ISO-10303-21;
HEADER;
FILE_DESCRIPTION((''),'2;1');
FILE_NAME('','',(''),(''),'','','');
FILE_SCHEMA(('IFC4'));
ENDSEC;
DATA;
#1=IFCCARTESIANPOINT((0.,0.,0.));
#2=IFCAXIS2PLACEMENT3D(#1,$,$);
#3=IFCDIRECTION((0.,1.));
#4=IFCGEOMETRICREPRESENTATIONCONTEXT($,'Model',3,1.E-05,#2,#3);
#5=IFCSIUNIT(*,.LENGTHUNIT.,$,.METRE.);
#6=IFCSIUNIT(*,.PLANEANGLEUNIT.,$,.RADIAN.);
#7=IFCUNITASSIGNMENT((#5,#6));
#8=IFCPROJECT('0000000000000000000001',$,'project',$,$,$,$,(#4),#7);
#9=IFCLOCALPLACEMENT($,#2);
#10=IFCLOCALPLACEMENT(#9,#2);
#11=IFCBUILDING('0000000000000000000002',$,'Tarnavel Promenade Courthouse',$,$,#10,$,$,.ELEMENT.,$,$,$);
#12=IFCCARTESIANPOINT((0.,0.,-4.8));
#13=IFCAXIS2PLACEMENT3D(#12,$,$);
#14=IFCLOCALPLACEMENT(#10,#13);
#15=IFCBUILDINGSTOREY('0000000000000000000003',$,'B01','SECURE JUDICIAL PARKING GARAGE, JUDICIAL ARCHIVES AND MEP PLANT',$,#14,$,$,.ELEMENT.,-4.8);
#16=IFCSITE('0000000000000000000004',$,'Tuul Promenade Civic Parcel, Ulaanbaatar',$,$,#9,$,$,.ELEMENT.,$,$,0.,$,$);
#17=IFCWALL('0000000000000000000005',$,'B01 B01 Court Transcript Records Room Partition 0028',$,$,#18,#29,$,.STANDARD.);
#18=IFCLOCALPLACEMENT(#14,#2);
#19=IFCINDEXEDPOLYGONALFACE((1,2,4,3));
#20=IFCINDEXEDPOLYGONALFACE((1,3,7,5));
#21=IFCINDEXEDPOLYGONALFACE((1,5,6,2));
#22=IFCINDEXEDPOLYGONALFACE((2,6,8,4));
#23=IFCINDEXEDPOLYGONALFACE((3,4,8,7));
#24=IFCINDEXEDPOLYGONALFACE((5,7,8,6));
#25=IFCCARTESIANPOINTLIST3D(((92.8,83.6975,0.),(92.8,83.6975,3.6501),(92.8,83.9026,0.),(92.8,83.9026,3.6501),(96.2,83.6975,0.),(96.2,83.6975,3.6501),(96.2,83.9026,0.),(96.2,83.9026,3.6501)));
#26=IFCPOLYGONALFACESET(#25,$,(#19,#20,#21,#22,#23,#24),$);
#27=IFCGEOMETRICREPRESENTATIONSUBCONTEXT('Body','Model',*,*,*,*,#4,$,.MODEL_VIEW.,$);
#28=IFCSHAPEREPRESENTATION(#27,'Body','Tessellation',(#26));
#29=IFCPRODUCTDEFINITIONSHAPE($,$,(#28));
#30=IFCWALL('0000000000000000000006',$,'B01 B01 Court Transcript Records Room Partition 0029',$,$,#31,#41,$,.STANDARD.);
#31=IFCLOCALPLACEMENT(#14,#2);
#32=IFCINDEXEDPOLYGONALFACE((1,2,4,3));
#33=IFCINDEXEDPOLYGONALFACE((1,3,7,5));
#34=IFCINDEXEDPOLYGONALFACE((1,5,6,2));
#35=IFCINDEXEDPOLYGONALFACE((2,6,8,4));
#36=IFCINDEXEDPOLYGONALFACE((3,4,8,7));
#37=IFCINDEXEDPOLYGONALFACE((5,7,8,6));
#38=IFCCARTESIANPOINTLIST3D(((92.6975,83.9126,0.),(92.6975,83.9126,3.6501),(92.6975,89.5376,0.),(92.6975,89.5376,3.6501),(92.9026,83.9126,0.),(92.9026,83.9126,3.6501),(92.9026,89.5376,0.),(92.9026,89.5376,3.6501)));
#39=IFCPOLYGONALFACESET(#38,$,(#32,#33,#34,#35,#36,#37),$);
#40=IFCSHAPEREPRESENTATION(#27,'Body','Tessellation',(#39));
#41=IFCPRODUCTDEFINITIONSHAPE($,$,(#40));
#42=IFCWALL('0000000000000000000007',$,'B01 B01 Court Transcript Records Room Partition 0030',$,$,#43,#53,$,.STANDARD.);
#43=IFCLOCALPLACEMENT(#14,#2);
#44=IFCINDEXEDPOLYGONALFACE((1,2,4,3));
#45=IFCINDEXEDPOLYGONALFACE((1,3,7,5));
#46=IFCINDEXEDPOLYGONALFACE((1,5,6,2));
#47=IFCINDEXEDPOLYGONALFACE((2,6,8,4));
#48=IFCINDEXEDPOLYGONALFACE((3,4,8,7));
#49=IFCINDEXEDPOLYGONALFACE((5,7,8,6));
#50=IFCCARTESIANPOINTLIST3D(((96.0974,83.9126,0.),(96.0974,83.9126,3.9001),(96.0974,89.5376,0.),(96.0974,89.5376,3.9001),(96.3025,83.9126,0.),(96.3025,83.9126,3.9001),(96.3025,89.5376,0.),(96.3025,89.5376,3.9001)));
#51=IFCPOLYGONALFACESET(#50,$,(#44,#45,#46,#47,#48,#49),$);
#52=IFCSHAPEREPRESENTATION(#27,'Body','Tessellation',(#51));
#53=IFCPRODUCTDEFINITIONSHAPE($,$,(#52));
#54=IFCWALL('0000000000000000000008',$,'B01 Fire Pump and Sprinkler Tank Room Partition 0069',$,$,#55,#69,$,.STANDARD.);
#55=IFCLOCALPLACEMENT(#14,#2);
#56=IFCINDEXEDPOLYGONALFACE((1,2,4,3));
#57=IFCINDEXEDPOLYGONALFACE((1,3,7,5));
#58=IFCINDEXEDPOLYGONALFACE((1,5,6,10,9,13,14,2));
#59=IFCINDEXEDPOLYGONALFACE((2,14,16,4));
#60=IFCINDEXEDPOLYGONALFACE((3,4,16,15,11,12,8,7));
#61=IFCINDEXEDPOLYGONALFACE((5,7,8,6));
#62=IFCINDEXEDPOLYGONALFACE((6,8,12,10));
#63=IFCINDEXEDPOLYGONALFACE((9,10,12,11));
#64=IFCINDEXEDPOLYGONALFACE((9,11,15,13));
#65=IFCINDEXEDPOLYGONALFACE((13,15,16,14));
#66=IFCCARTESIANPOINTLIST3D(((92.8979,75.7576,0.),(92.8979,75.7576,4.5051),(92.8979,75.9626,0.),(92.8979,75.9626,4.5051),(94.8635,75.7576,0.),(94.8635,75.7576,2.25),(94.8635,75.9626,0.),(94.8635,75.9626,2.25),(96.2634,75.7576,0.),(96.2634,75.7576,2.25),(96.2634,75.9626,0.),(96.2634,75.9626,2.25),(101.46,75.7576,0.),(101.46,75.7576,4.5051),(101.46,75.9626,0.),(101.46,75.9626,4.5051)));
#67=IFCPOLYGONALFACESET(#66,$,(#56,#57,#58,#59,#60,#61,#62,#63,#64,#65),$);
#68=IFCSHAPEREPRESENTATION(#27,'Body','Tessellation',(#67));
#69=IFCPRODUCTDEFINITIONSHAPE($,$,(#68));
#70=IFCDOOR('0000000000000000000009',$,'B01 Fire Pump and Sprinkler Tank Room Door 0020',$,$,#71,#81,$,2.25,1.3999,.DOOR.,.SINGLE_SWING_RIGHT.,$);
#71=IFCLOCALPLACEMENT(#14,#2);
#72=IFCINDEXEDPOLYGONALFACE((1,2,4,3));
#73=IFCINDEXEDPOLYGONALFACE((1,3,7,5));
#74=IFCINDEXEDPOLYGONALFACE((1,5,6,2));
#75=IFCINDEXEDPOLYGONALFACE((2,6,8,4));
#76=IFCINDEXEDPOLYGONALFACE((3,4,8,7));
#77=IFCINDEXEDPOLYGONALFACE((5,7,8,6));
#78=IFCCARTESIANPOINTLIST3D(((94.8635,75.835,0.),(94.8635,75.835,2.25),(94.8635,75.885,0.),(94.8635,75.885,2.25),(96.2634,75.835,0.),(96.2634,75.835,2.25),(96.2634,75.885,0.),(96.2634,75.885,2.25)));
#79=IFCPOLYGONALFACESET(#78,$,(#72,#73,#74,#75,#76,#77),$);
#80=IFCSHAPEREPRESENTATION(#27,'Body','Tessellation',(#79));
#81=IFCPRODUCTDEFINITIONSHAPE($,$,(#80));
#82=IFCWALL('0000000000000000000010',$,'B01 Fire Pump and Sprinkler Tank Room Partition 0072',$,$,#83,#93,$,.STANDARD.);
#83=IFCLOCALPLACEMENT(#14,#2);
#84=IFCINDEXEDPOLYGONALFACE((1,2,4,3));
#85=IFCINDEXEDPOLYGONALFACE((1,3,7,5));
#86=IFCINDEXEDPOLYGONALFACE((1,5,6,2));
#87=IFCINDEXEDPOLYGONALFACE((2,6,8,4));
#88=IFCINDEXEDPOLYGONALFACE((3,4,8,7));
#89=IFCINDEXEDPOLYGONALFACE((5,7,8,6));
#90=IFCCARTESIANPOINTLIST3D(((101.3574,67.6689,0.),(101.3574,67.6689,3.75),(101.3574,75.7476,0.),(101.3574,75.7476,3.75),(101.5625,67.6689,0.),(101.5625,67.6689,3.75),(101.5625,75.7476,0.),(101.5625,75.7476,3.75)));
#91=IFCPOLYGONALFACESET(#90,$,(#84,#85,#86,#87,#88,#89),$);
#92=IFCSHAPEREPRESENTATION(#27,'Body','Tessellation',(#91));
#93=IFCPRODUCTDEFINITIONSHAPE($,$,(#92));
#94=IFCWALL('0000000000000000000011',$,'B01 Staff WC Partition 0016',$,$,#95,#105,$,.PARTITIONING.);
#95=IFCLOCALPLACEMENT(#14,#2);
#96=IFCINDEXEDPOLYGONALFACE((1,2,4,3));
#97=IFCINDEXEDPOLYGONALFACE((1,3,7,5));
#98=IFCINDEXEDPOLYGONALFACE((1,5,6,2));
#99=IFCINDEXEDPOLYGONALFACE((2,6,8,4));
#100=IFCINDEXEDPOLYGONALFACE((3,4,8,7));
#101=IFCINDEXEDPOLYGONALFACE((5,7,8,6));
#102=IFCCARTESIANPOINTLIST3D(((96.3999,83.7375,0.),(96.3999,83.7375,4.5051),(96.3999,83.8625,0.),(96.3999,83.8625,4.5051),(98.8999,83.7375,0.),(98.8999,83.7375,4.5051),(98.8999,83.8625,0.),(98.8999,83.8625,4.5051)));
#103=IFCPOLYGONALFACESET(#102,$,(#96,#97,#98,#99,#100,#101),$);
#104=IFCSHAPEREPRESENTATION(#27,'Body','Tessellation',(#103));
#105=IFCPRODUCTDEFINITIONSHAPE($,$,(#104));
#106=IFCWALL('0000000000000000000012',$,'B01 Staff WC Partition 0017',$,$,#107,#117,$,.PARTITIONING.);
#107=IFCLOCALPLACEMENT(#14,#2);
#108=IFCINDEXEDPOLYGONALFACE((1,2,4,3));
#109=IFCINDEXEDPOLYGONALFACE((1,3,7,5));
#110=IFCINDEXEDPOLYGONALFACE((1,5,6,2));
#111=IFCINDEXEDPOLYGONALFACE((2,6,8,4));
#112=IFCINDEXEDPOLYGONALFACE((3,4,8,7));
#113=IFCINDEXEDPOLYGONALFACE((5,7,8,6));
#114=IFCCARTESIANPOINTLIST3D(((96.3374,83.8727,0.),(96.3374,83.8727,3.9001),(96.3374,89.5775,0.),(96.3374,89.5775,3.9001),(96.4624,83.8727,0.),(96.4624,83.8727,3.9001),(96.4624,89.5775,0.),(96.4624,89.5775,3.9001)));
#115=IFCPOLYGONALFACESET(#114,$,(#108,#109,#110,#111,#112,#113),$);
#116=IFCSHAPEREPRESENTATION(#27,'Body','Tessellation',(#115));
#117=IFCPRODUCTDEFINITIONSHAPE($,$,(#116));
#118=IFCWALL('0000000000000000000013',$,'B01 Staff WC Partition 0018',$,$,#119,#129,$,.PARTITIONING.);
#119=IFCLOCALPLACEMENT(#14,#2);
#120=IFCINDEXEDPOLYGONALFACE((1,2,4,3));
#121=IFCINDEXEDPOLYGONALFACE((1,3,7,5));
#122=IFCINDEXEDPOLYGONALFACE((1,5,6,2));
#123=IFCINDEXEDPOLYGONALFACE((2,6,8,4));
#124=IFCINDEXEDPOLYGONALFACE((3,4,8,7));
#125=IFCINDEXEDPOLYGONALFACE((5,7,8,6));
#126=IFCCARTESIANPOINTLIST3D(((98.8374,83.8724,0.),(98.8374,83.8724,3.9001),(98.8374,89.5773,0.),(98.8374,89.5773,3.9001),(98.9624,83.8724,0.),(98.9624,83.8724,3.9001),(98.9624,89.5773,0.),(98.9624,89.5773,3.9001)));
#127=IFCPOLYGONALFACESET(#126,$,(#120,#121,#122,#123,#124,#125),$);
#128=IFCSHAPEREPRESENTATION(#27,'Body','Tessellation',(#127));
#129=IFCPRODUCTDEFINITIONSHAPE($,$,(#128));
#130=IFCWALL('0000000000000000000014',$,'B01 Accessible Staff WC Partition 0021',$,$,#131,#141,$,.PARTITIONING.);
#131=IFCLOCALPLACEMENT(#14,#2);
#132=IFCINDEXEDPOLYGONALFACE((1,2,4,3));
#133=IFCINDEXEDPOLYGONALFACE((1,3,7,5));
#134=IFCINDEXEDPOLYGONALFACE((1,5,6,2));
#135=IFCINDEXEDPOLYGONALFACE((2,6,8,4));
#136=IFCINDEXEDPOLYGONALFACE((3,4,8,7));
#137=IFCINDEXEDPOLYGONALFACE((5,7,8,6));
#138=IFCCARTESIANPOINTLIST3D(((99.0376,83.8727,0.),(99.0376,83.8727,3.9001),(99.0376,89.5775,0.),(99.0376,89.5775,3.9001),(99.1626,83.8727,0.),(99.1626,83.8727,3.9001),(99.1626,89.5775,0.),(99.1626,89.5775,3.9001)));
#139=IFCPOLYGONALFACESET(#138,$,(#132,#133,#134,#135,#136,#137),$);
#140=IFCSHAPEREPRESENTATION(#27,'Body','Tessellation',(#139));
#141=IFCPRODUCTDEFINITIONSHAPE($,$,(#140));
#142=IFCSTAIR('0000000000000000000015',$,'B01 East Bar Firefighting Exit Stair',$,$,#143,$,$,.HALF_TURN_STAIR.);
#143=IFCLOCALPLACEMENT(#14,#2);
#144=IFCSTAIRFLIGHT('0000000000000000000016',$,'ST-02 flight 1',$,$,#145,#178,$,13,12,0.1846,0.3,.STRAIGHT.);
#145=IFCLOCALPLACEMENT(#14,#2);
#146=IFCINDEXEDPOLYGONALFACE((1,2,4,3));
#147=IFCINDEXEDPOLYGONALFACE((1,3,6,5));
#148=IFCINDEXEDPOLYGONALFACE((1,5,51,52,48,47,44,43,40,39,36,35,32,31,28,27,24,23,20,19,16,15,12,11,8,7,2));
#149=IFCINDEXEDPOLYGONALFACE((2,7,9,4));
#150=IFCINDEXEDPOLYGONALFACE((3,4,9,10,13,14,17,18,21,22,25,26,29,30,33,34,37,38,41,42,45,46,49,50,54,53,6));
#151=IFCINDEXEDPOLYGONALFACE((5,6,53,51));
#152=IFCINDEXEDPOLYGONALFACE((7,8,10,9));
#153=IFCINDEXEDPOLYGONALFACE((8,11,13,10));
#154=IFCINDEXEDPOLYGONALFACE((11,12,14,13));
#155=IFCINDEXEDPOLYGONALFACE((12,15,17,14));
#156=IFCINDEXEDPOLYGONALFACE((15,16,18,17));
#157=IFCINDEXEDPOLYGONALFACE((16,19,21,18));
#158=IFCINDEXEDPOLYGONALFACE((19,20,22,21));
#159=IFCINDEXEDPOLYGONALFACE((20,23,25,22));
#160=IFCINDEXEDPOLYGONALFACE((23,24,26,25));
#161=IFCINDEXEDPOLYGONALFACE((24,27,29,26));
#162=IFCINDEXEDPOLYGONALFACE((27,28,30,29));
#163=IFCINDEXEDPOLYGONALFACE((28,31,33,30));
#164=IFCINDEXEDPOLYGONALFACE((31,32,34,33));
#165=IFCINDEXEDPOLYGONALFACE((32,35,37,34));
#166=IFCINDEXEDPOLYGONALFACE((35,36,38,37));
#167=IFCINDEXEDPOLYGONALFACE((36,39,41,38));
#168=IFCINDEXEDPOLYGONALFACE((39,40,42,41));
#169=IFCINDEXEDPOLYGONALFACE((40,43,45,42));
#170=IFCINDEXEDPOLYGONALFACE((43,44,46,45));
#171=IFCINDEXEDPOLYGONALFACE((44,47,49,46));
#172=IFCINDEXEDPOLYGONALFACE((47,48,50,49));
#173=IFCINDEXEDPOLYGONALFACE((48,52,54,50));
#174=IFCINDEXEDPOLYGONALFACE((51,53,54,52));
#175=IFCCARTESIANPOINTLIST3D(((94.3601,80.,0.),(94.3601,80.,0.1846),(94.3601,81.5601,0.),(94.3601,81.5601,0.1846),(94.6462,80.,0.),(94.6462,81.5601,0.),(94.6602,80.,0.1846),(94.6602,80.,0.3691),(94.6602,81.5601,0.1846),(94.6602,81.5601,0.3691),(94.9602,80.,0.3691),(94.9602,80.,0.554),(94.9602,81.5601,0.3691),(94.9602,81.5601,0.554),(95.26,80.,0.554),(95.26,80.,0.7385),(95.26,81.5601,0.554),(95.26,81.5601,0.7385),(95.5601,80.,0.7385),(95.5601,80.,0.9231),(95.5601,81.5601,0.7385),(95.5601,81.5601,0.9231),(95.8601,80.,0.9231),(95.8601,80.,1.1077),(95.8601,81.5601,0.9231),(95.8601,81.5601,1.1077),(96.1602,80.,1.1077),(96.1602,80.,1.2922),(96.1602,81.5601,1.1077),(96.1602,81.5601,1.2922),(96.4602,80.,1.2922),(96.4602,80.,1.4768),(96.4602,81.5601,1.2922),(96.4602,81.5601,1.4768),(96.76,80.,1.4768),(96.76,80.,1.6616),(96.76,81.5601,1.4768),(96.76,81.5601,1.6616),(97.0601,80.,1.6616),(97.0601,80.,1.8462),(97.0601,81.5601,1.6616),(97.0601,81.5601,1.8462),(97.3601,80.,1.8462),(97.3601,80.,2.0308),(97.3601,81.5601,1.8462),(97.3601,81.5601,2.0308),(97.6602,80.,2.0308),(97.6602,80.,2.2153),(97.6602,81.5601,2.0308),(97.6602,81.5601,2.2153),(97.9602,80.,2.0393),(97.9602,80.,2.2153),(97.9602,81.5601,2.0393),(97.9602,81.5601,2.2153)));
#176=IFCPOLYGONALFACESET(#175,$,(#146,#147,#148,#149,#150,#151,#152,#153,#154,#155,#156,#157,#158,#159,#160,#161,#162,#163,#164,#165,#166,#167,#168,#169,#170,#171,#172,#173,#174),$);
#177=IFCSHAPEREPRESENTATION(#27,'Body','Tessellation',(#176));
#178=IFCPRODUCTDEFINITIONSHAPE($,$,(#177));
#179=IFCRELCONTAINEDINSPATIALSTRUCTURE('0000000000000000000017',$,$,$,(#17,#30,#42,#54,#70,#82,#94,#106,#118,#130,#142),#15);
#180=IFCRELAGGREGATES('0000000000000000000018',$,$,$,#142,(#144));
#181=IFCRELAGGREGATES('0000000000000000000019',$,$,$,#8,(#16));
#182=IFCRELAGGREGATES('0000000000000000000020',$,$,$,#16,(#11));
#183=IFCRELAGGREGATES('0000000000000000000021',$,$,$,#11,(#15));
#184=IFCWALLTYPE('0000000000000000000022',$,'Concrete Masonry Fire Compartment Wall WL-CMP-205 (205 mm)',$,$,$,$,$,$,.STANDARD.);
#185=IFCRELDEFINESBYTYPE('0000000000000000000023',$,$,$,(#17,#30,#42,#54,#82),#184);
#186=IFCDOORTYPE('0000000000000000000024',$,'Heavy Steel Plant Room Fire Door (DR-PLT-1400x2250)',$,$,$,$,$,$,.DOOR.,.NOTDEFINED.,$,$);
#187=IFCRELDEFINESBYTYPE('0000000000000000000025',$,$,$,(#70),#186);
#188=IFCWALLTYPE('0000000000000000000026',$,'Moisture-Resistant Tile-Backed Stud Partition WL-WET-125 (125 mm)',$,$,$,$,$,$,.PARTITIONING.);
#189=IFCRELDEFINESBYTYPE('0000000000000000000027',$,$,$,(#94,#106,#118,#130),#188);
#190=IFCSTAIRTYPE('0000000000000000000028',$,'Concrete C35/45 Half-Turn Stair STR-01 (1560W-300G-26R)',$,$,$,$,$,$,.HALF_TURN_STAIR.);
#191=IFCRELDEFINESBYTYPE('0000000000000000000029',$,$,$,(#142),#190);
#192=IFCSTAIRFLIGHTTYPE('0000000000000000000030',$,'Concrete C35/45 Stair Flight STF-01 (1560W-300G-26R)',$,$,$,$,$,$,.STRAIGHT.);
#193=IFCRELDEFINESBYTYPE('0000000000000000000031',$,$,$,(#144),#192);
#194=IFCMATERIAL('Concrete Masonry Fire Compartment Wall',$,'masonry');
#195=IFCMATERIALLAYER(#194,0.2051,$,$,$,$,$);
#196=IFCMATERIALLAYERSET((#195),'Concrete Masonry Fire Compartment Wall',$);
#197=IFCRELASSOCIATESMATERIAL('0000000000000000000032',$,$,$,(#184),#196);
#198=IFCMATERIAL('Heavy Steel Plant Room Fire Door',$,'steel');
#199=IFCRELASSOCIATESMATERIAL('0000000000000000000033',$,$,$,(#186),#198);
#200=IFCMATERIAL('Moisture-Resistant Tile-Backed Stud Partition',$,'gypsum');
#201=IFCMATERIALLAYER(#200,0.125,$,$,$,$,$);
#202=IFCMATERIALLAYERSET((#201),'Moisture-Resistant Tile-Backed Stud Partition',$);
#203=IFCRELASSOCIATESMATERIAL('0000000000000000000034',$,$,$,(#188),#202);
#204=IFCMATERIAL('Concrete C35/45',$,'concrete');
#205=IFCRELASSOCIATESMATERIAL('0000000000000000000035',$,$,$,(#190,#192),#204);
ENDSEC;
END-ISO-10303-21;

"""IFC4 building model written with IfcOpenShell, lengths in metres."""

from ifc_helpers import new_model, si_unit, direction, frame, frame_2d, origin, place, context, subcontext, project, spatial, polyline, rectangle, outline, extrude, material, layer, layer_set, type_object, element, fill, aggregate, save


model = new_model("IFC4")

# Units and contexts
model_context = context("Model", 3, precision=1e-05, world=origin(), true_north=direction((0.0, 1.0)))
body_context = subcontext(model_context, "Body", "Model", "MODEL_VIEW")
ifc_project = project(units=[si_unit("LENGTHUNIT", "METRE"), si_unit("PLANEANGLEUNIT", "RADIAN")], contexts=[model_context])

# Site, building, storey
site_placement = place(None, origin())
site = spatial("IfcSite", under=ifc_project, at=site_placement, Name="Tuul Promenade Civic Parcel, Ulaanbaatar", CompositionType="ELEMENT", RefElevation=0.0)
building_placement = place(site_placement, origin())
building = spatial("IfcBuilding", under=site, at=building_placement, Name="Tarnavel Promenade Courthouse", CompositionType="ELEMENT")
storey_placement = place(building_placement, frame((0.0, 0.0, -4.8)))
storey = spatial("IfcBuildingStorey", under=building, at=storey_placement, Name="B01", Description="SECURE JUDICIAL PARKING GARAGE, JUDICIAL ARCHIVES AND MEP PLANT", CompositionType="ELEMENT", Elevation=-4.8)

# Shared definitions
ifc_material_1 = material(Name="Concrete C35/45", Category="concrete")

# Shared definitions
ifc_material_2 = material(Name="Concrete Masonry Fire Compartment Wall", Category="masonry")
ifc_layer_1 = layer(ifc_material_2, 0.2051)
ifc_layer_set_1 = layer_set([ifc_layer_1], Name="Concrete Masonry Fire Compartment Wall")
wall_type_1 = type_object("IfcWallType", Name="Concrete Masonry Fire Compartment Wall WL-CMP-205 (205 mm)", PredefinedType="STANDARD", material=ifc_layer_set_1)
ifc_material_3 = material(Name="Heavy Steel Plant Room Fire Door", Category="steel")
door_type = type_object("IfcDoorType", Name="Heavy Steel Plant Room Fire Door (DR-PLT-1400x2250)", OperationType="NOTDEFINED", PredefinedType="DOOR", material=ifc_material_3)

# Walls
wall_1_placement = place(storey_placement, frame((96.2, 83.8, 0.0), z_axis=(0.0, 0.0, 1.0), x_axis=(-1.0, 0.0, 0.0)))
element("IfcWall", 1, at=wall_1_placement, inside=storey, type_object=wall_type_1, Name="B01 B01 Court Transcript Records Room Partition 0028", PredefinedType="STANDARD", context=body_context, shape_type="SweptSolid", body=[
    extrude(rectangle(XDim=3.3999, YDim=0.2051, at=frame_2d((1.7, 0.0))), origin(), (0.0, 0.0, 1.0), 3.6501),
])
wall_2_placement = place(storey_placement, frame((92.8, 83.9126, 0.0), z_axis=(0.0, 0.0, 1.0), x_axis=(0.0, 1.0, 0.0)))
element("IfcWall", 2, at=wall_2_placement, inside=storey, type_object=wall_type_1, Name="B01 B01 Court Transcript Records Room Partition 0029", PredefinedType="STANDARD", context=body_context, shape_type="SweptSolid", body=[
    extrude(rectangle(XDim=5.625, YDim=0.2051, at=frame_2d((2.8125, 0.0))), origin(), (0.0, 0.0, 1.0), 3.6501),
])
wall_3_placement = place(storey_placement, frame((96.2, 89.5376, 0.0), z_axis=(0.0, 0.0, 1.0), x_axis=(0.0, -1.0, 0.0)))
element("IfcWall", 3, at=wall_3_placement, inside=storey, type_object=wall_type_1, Name="B01 B01 Court Transcript Records Room Partition 0030", PredefinedType="STANDARD", context=body_context, shape_type="SweptSolid", body=[
    extrude(rectangle(XDim=5.625, YDim=0.2051, at=frame_2d((2.8125, 0.0))), origin(), (0.0, 0.0, 1.0), 3.9001),
])

# Wall, opening, door
wall_4_placement = place(storey_placement, frame((92.8979, 75.8601, 0.0), z_axis=(0.0, 0.0, 1.0), x_axis=(1.0, 0.0, 0.0)))
wall_4 = element("IfcWall", 4, at=wall_4_placement, inside=storey, type_object=wall_type_1, Name="B01 Fire Pump and Sprinkler Tank Room Partition 0069", PredefinedType="STANDARD", context=body_context, shape_type="SweptSolid", body=[
    extrude(rectangle(XDim=8.562, YDim=0.2051, at=frame_2d((4.281, 0.0))), origin(), (0.0, 0.0, 1.0), 4.5051),
])
opening_1_placement = place(wall_4_placement, frame((1.9656, 0.0, 0.0)))
opening_1 = element("IfcOpeningElement", 5, at=opening_1_placement, cuts=wall_4, PredefinedType="OPENING", context=body_context, shape_type="SweptSolid", body=[
    extrude(rectangle(XDim=1.3999, YDim=2.25, at=frame_2d((0.7, 1.125))), frame((0.0, 0.1125, 0.0), z_axis=(0.0, -1.0, 0.0), x_axis=(1.0, 0.0, 0.0)), (0.0, 0.0, 1.0), 0.2251),
])
door_1_placement = place(opening_1_placement, origin())
door_1 = element("IfcDoor", 6, at=door_1_placement, inside=storey, type_object=door_type, Name="B01 Fire Pump and Sprinkler Tank Room Door 0020", OperationType="SINGLE_SWING_RIGHT", OverallHeight=2.25, OverallWidth=1.3999, PredefinedType="DOOR", context=body_context, shape_type="SweptSolid", body=[
    extrude(rectangle(XDim=1.3999, YDim=2.25, at=frame_2d((0.7, 1.125))), frame((0.0, 0.0249, 0.0), z_axis=(0.0, -1.0, 0.0), x_axis=(1.0, 0.0, 0.0)), (0.0, 0.0, 1.0), 0.05),
])
fill(opening_1, door_1)

# Walls
wall_5_placement = place(storey_placement, frame((101.46, 75.7476, 0.0), z_axis=(0.0, 0.0, 1.0), x_axis=(0.0, -1.0, 0.0)))
element("IfcWall", 7, at=wall_5_placement, inside=storey, type_object=wall_type_1, Name="B01 Fire Pump and Sprinkler Tank Room Partition 0072", PredefinedType="STANDARD", context=body_context, shape_type="SweptSolid", body=[
    extrude(rectangle(XDim=8.0786, YDim=0.2051, at=frame_2d((4.0393, 0.0))), origin(), (0.0, 0.0, 1.0), 3.75),
])
ifc_material_4 = material(Name="Moisture-Resistant Tile-Backed Stud Partition", Category="gypsum")
ifc_layer_2 = layer(ifc_material_4, 0.125)
ifc_layer_set_2 = layer_set([ifc_layer_2], Name="Moisture-Resistant Tile-Backed Stud Partition")
wall_type_2 = type_object("IfcWallType", Name="Moisture-Resistant Tile-Backed Stud Partition WL-WET-125 (125 mm)", PredefinedType="PARTITIONING", material=ifc_layer_set_2)
wall_6_placement = place(storey_placement, frame((98.8999, 83.8, 0.0), z_axis=(0.0, 0.0, 1.0), x_axis=(-1.0, 0.0, 0.0)))
element("IfcWall", 8, at=wall_6_placement, inside=storey, type_object=wall_type_2, Name="B01 Staff WC Partition 0016", PredefinedType="PARTITIONING", context=body_context, shape_type="SweptSolid", body=[
    extrude(rectangle(XDim=2.5, YDim=0.125, at=frame_2d((1.25, 0.0))), origin(), (0.0, 0.0, 1.0), 4.5051),
])
for number, where, z_axis, x_axis, name in (
    (9, (96.3999, 83.8726, 0.0), (0.0, 0.0, 1.0), (0.0, 1.0, 0.0), "B01 Staff WC Partition 0017"),
    (10, (98.8999, 89.5774, 0.0), (0.0, 0.0, 1.0), (0.0, -1.0, 0.0), "B01 Staff WC Partition 0018"),
    (11, (99.1001, 83.8726, 0.0), (0.0, 0.0, 1.0), (0.0, 1.0, 0.0), "B01 Accessible Staff WC Partition 0021"),
):
    element("IfcWall", number, at=place(storey_placement, frame(where, z_axis=z_axis, x_axis=x_axis)), inside=storey, type_object=wall_type_2, Name=name, PredefinedType="PARTITIONING", context=body_context, shape_type="SweptSolid", body=[
        extrude(rectangle(XDim=5.7048, YDim=0.125, at=frame_2d((2.8525, 0.0))), origin(), (0.0, 0.0, 1.0), 3.9001),
    ])

# Stair, stair flight
stair_type = type_object("IfcStairType", Name="Concrete C35/45 Half-Turn Stair STR-01 (1560W-300G-26R)", PredefinedType="HALF_TURN_STAIR", material=ifc_material_1)
stair_placement = place(storey_placement, origin())
stair = element("IfcStair", 12, at=stair_placement, inside=storey, type_object=stair_type, Name="B01 East Bar Firefighting Exit Stair", PredefinedType="HALF_TURN_STAIR")
stair_flight_type = type_object("IfcStairFlightType", Name="Concrete C35/45 Stair Flight STF-01 (1560W-300G-26R)", PredefinedType="STRAIGHT", material=ifc_material_1)
stair_flight_1_placement = place(storey_placement, frame((94.3601, 80.78, 0.0), z_axis=(0.0, 0.0, 1.0), x_axis=(1.0, 0.0, 0.0)))
stair_flight_1 = element("IfcStairFlight", 13, at=stair_flight_1_placement, type_object=stair_flight_type, Name="ST-02 flight 1", NumberOfRisers=13, NumberOfTreads=12, PredefinedType="STRAIGHT", RiserHeight=0.1846, TreadLength=0.3, context=body_context, shape_type="SweptSolid", body=[
    extrude(outline(polyline([(0.0, 0.0), (0.0, 0.1846), (0.3, 0.1846), (0.3, 0.3691), (0.6001, 0.3691), (0.6001, 0.554), (0.8999, 0.554), (0.8999, 0.7385), (1.2, 0.7385), (1.2, 0.9231), (1.5, 0.9231), (1.5, 1.1077), (1.8, 1.1077), (1.8, 1.2922), (2.1001, 1.2922), (2.1001, 1.4768), (2.3999, 1.4768), (2.3999, 1.6616), (2.7, 1.6616), (2.7, 1.8462), (3.0, 1.8462), (3.0, 2.0308), (3.3, 2.0308), (3.3, 2.2153), (3.6001, 2.2153), (3.6001, 2.3999), (3.6001, 2.0393), (0.2861, 0.0), (0.0, 0.0)])), frame((0.0, 0.78, 0.0), z_axis=(0.0, -1.0, 0.0), x_axis=(1.0, 0.0, 0.0)), (0.0, 0.0, 1.0), 1.5601),
])
aggregate(stair, [stair_flight_1])

save(model, "model.ifc")
